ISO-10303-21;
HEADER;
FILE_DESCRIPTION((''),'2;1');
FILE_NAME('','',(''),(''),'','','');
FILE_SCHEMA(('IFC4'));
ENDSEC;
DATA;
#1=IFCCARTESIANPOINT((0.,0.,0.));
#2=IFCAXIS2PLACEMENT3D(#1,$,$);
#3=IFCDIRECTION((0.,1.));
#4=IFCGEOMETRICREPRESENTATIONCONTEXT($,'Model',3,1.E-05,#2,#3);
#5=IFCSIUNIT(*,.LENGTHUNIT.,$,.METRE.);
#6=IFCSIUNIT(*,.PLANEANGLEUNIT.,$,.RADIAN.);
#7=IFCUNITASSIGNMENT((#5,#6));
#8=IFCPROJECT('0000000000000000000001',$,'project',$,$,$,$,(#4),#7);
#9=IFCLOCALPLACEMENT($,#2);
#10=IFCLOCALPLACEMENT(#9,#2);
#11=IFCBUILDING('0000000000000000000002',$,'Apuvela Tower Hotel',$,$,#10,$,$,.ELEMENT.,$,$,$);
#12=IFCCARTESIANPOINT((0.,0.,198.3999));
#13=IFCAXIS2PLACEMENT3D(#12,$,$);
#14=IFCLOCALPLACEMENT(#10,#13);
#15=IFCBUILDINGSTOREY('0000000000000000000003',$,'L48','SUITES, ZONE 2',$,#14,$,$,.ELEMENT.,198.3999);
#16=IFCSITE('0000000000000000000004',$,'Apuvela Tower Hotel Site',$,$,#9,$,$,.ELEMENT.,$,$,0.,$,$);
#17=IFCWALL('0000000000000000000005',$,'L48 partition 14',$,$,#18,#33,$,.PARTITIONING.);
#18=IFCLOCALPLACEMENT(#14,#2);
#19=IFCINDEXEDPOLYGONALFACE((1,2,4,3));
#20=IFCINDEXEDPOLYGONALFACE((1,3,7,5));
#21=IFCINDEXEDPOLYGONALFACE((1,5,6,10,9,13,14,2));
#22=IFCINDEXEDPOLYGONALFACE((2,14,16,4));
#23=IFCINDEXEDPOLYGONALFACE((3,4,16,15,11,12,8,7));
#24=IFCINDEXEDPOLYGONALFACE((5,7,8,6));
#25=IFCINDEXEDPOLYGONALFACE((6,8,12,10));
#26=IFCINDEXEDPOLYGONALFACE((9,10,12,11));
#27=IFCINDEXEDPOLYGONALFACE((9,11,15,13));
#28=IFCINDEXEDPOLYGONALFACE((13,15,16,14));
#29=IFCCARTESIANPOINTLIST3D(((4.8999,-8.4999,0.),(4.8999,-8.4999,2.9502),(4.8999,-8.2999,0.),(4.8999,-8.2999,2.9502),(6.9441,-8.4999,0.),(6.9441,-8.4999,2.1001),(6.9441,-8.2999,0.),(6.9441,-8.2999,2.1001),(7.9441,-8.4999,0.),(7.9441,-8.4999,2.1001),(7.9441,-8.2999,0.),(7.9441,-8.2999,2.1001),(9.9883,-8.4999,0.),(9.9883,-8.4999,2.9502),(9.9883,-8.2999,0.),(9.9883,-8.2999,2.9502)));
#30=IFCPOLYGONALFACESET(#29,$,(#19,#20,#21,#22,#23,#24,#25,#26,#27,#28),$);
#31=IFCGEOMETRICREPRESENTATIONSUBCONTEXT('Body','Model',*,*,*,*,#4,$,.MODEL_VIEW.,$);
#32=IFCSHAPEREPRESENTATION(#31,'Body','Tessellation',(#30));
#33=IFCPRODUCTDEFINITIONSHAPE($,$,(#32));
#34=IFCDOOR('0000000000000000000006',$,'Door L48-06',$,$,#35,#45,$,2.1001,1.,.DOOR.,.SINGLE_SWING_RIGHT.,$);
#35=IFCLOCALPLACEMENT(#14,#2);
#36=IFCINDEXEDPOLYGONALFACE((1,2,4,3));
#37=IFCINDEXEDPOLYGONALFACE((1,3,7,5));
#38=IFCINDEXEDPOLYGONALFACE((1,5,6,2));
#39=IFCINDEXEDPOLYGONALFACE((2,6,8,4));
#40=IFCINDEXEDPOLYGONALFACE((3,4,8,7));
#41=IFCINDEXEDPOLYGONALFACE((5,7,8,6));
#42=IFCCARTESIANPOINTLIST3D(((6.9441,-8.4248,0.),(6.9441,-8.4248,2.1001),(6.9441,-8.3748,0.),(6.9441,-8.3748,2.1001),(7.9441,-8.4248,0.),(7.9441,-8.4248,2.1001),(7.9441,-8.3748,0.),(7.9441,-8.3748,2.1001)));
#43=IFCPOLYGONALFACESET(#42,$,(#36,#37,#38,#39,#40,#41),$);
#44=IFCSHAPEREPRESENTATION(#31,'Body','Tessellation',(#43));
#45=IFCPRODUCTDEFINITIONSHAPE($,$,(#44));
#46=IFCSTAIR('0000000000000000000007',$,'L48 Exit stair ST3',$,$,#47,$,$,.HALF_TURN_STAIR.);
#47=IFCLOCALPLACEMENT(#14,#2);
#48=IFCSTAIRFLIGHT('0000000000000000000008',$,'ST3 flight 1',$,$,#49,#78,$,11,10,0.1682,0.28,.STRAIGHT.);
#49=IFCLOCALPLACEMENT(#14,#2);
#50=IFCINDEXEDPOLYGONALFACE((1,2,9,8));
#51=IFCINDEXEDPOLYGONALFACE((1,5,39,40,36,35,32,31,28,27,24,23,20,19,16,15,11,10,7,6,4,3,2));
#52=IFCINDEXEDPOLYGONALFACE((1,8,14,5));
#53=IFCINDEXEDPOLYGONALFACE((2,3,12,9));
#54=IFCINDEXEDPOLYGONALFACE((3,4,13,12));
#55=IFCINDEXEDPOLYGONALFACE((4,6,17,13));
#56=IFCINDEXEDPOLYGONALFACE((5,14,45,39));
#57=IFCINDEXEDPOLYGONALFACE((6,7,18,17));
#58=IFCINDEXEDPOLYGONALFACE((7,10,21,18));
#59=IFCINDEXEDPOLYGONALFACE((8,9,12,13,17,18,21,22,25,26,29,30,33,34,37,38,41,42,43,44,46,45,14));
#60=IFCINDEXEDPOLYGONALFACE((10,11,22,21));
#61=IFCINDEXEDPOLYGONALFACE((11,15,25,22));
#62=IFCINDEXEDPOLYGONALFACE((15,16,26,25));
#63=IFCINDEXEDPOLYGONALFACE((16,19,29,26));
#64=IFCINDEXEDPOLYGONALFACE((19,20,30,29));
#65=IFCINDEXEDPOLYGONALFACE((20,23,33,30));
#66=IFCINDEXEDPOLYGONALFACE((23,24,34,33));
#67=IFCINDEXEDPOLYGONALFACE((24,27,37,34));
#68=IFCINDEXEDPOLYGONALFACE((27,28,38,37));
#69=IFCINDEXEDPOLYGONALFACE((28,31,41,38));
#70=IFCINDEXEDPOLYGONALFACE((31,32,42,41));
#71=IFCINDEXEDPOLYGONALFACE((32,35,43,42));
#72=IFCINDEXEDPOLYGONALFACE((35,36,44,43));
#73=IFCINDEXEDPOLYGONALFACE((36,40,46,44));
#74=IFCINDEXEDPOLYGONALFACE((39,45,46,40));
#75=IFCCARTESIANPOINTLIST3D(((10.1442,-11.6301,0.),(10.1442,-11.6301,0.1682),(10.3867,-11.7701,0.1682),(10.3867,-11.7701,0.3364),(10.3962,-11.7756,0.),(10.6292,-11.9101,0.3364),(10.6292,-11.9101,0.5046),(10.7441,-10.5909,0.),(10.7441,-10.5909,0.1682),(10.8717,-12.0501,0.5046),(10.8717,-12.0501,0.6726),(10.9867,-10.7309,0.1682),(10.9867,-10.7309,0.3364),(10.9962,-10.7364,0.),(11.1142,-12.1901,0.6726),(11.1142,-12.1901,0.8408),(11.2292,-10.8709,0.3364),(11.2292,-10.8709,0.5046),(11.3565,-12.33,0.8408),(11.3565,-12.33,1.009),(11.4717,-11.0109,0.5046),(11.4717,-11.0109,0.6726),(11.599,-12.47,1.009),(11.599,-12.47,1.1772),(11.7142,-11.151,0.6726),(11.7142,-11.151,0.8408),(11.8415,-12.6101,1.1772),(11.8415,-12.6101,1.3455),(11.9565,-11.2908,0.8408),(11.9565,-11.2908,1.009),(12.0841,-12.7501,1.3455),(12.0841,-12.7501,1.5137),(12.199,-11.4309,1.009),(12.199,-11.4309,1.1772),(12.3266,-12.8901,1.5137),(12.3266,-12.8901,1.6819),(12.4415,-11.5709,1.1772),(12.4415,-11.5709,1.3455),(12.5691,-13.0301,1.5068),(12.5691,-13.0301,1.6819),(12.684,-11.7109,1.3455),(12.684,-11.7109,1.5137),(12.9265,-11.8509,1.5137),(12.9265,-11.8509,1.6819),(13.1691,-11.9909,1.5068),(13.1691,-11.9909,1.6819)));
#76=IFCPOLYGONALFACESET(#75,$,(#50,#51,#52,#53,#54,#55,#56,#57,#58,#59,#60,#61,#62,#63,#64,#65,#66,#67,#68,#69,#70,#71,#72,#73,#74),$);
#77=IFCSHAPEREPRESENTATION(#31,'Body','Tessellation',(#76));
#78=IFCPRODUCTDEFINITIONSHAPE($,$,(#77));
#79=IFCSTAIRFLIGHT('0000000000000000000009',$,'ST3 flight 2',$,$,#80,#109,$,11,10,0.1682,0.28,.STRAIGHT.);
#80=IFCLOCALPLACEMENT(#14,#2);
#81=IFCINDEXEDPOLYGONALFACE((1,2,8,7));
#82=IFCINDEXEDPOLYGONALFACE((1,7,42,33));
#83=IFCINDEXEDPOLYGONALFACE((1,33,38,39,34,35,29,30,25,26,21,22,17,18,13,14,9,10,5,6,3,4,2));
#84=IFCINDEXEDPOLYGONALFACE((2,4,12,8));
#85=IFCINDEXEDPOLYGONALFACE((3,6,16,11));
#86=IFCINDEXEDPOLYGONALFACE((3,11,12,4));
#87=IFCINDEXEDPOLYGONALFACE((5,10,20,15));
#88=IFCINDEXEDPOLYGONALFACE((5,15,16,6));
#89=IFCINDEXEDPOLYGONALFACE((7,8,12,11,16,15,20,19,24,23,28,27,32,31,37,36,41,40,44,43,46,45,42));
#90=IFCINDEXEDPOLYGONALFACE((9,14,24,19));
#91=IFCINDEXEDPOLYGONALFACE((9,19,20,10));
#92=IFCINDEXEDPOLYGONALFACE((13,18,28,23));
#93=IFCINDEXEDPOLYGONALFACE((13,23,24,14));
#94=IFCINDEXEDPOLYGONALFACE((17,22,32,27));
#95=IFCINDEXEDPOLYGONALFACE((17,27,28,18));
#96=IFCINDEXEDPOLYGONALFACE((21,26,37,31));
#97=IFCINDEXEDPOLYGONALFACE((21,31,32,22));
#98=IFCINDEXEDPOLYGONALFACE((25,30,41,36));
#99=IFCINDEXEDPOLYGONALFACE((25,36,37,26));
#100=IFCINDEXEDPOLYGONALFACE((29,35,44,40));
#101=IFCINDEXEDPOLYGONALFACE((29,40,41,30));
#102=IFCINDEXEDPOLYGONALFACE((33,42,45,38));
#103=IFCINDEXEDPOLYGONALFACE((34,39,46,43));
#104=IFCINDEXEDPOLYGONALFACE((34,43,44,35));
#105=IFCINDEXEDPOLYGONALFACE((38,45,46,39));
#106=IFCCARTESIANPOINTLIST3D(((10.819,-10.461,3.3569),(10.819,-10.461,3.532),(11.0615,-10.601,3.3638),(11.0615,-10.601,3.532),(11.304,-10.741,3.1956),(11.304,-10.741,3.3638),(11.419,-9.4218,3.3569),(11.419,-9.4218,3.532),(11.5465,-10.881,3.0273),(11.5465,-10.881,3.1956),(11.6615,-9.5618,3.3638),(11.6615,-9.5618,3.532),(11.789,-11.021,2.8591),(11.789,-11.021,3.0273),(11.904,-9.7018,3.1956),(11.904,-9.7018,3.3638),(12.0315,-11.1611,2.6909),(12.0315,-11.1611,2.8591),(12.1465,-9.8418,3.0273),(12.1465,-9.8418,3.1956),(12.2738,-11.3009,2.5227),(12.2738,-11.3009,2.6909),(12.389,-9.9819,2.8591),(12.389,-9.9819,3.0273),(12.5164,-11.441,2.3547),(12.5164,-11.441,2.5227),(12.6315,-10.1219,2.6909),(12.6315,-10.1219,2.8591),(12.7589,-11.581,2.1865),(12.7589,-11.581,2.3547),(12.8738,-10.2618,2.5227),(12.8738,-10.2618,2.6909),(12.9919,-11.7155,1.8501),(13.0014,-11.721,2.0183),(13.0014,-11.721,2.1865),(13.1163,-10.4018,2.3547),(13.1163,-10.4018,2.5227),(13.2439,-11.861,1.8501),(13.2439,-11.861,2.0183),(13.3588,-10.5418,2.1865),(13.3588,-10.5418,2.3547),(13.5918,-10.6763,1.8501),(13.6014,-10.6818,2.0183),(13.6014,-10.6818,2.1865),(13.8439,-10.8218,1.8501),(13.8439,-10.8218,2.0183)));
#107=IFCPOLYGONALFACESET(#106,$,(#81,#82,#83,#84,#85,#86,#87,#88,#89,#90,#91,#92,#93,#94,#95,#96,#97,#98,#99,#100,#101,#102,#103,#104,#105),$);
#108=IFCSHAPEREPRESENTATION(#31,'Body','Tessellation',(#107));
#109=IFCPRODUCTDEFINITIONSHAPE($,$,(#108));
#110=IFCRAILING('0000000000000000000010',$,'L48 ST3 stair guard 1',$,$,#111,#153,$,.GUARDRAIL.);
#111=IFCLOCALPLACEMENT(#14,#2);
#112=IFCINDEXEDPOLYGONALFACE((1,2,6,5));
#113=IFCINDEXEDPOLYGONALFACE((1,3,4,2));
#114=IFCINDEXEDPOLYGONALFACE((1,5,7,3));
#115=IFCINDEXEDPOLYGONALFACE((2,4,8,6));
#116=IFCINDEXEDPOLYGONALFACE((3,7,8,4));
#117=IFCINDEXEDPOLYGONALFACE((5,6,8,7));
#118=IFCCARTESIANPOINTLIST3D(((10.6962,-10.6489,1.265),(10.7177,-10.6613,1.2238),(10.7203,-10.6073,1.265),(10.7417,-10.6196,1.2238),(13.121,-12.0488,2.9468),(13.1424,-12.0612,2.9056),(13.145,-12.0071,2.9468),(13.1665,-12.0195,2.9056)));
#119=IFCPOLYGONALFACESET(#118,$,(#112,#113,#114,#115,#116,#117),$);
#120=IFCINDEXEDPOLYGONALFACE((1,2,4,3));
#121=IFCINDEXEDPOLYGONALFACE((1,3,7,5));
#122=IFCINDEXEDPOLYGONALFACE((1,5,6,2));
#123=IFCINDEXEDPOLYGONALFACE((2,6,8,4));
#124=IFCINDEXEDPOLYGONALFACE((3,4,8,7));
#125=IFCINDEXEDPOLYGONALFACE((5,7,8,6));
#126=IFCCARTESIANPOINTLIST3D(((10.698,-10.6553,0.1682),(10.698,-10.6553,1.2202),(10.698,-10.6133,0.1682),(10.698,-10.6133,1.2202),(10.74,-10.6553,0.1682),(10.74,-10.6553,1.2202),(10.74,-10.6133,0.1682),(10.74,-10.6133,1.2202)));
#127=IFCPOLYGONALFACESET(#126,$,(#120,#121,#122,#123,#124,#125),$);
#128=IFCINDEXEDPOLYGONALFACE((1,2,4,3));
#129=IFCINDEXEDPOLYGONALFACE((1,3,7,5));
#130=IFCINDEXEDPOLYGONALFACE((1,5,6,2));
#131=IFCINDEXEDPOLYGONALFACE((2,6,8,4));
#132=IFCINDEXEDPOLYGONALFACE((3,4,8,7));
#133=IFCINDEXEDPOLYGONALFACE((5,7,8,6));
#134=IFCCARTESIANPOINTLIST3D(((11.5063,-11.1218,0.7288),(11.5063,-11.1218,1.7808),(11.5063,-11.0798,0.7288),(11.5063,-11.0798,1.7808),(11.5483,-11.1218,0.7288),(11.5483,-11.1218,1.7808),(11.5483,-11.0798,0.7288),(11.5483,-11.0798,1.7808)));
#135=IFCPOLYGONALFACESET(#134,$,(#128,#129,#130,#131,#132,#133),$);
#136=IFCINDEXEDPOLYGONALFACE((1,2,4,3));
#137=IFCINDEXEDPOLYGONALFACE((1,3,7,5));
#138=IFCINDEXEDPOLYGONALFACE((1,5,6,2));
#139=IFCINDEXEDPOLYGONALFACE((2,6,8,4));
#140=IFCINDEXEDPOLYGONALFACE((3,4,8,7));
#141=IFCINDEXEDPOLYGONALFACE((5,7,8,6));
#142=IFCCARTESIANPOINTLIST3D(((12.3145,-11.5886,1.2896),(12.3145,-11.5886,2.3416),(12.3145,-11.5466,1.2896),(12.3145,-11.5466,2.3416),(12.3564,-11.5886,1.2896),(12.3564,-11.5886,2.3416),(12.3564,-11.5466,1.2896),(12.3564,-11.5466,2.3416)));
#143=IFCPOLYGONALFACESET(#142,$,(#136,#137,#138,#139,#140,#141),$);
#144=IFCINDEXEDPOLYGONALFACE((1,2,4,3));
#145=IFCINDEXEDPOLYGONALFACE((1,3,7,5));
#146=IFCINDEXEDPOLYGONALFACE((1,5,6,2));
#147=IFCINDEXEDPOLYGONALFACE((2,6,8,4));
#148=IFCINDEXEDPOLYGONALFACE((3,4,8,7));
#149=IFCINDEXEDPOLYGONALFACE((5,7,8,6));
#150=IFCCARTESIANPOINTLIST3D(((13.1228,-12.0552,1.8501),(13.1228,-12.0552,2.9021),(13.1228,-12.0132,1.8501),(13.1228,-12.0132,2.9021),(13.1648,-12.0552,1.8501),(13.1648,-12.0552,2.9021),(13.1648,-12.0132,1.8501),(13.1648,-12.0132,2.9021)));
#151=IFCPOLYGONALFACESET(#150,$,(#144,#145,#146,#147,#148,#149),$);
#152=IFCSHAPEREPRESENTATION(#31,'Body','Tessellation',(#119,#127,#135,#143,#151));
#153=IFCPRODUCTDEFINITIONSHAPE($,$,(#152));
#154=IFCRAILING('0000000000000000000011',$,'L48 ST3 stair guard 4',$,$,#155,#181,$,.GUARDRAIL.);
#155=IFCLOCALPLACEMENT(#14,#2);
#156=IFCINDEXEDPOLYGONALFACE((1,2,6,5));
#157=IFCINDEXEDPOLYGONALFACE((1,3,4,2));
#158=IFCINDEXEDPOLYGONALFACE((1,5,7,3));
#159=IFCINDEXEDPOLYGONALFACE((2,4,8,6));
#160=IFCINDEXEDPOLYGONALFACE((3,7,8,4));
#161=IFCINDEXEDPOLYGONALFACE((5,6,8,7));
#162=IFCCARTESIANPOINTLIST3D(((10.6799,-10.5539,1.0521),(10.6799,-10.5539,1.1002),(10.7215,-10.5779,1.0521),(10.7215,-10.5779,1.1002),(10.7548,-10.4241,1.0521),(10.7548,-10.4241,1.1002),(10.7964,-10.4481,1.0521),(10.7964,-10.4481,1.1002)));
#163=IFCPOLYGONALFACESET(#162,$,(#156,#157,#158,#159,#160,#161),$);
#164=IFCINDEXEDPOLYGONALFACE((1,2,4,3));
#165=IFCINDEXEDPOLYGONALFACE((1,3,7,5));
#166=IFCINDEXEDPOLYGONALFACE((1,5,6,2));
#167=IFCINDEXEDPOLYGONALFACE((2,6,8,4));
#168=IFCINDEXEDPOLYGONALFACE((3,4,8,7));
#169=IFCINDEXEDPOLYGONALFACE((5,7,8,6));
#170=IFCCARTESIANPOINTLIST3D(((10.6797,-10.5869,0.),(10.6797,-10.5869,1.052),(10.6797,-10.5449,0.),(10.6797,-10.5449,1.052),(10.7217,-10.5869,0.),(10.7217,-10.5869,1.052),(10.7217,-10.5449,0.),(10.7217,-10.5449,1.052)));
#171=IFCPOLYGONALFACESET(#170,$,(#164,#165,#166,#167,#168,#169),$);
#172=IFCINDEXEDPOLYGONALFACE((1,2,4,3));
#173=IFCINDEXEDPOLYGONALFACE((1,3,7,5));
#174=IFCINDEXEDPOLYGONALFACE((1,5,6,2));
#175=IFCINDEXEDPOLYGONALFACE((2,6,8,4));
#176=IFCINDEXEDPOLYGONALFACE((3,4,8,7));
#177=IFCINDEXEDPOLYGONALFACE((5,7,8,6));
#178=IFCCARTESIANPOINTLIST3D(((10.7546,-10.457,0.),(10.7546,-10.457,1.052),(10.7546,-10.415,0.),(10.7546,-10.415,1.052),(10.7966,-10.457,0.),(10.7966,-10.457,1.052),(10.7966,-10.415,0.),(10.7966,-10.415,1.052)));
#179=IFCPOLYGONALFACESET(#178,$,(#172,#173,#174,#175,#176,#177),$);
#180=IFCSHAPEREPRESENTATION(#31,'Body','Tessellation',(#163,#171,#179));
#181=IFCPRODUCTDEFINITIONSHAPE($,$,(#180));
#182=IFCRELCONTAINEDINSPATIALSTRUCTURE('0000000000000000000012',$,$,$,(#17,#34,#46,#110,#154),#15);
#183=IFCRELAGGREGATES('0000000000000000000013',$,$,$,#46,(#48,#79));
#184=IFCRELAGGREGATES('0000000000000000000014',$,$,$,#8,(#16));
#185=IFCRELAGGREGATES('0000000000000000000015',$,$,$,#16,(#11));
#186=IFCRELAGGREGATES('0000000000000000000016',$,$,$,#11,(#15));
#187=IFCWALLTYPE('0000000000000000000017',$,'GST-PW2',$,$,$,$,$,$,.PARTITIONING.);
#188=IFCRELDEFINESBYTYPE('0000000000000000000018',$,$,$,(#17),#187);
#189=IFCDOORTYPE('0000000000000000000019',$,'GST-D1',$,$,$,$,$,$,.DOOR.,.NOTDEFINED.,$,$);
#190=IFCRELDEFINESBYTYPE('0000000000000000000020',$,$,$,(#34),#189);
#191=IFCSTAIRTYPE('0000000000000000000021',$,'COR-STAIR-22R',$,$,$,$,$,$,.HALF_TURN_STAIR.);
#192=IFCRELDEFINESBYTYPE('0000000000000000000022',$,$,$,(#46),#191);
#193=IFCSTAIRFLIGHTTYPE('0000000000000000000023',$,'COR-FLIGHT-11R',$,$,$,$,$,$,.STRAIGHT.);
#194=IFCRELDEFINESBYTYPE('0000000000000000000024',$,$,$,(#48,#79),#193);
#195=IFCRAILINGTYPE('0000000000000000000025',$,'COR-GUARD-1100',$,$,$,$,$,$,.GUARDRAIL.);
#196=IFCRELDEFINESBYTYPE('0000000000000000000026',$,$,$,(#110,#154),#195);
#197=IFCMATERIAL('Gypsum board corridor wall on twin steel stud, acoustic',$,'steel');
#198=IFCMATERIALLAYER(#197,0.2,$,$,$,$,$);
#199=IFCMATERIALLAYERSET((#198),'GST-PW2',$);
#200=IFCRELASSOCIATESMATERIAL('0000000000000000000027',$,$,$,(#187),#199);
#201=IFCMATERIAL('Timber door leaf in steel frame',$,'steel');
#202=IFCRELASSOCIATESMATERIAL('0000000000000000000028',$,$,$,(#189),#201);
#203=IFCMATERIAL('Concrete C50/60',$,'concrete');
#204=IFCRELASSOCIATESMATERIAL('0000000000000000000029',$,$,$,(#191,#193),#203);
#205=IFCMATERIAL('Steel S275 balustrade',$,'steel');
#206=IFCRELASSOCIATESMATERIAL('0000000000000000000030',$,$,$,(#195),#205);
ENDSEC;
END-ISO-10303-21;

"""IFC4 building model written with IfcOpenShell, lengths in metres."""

from ifc_helpers import new_model, si_unit, direction, frame, frame_2d, origin, origin_2d, place, context, subcontext, project, spatial, polyline, rectangle, outline, extrude, material, layer, layer_set, type_object, element, fill, aggregate, save


model = new_model("IFC4")

# Units and contexts
model_context = context("Model", 3, precision=1e-05, world=origin(), true_north=direction((0.0, 1.0)))
body_context = subcontext(model_context, "Body", "Model", "MODEL_VIEW")
ifc_project = project(units=[si_unit("LENGTHUNIT", "METRE"), si_unit("PLANEANGLEUNIT", "RADIAN")], contexts=[model_context])

# Site, building, storey
site_placement = place(None, origin())
site = spatial("IfcSite", under=ifc_project, at=site_placement, Name="Apuvela Tower Hotel Site", CompositionType="ELEMENT", RefElevation=0.0)
building_placement = place(site_placement, origin())
building = spatial("IfcBuilding", under=site, at=building_placement, Name="Apuvela Tower Hotel", CompositionType="ELEMENT")
storey_placement = place(building_placement, frame((0.0, 0.0, 198.3999)))
storey = spatial("IfcBuildingStorey", under=building, at=storey_placement, Name="L48", Description="SUITES, ZONE 2", CompositionType="ELEMENT", Elevation=198.3999)

# Shared definitions
ifc_material_1 = material(Name="Concrete C50/60", Category="concrete")

# Wall, opening, door
ifc_material_2 = material(Name="Gypsum board corridor wall on twin steel stud, acoustic", Category="steel")
ifc_layer_1 = layer(ifc_material_2, 0.2)
ifc_layer_set_1 = layer_set([ifc_layer_1], Name="GST-PW2")
wall_type_1 = type_object("IfcWallType", Name="GST-PW2", PredefinedType="PARTITIONING", material=ifc_layer_set_1)
ifc_material_3 = material(Name="Timber door leaf in steel frame", Category="steel")
wall_1_placement = place(storey_placement, frame((9.9883, -8.3999, 0.0), z_axis=(0.0, 0.0, 1.0), x_axis=(-1.0, 0.0, 0.0)))
wall_1 = element("IfcWall", 1, at=wall_1_placement, inside=storey, type_object=wall_type_1, Name="L48 partition 14", PredefinedType="PARTITIONING", context=body_context, shape_type="SweptSolid", body=[
    extrude(rectangle(XDim=5.0884, YDim=0.2, at=frame_2d((2.5442, 0.0))), origin(), (0.0, 0.0, 1.0), 2.9502),
])
opening_1_placement = place(wall_1_placement, frame((2.0442, 0.0, 0.0)))
opening_1 = element("IfcOpeningElement", 2, at=opening_1_placement, cuts=wall_1, PredefinedType="OPENING", context=body_context, shape_type="SweptSolid", body=[
    extrude(rectangle(XDim=1.0, YDim=2.1001, at=frame_2d((0.5, 1.05))), frame((0.0, 0.1099, 0.0), z_axis=(0.0, -1.0, 0.0), x_axis=(1.0, 0.0, 0.0)), (0.0, 0.0, 1.0), 0.22),
])
door_type_1 = type_object("IfcDoorType", Name="GST-D1", OperationType="NOTDEFINED", PredefinedType="DOOR", material=ifc_material_3)
door_1_placement = place(opening_1_placement, origin())
door_1 = element("IfcDoor", 3, at=door_1_placement, inside=storey, type_object=door_type_1, Name="Door L48-06", OperationType="SINGLE_SWING_RIGHT", OverallHeight=2.1001, OverallWidth=1.0, PredefinedType="DOOR", context=body_context, shape_type="SweptSolid", body=[
    extrude(rectangle(XDim=1.0, YDim=2.1001, at=frame_2d((0.5, 1.05))), frame((0.0, 0.0249, 0.0), z_axis=(0.0, -1.0, 0.0), x_axis=(1.0, 0.0, 0.0)), (0.0, 0.0, 1.0), 0.05),
])
fill(opening_1, door_1)

# Stair, stair flights
stair_type = type_object("IfcStairType", Name="COR-STAIR-22R", PredefinedType="HALF_TURN_STAIR", material=ifc_material_1)
stair_placement = place(storey_placement, origin())
stair = element("IfcStair", 4, at=stair_placement, inside=storey, type_object=stair_type, Name="L48 Exit stair ST3", PredefinedType="HALF_TURN_STAIR")
stair_flight_type = type_object("IfcStairFlightType", Name="COR-FLIGHT-11R", PredefinedType="STRAIGHT", material=ifc_material_1)
stair_flight_1_placement = place(storey_placement, frame((10.4441, -11.1106, 0.0), z_axis=(0.0, 0.0, 1.0), x_axis=(0.866025, -0.5, 0.0)))
stair_flight_1 = element("IfcStairFlight", 5, at=stair_flight_1_placement, type_object=stair_flight_type, Name="ST3 flight 1", NumberOfRisers=11, NumberOfTreads=10, PredefinedType="STRAIGHT", RiserHeight=0.1682, TreadLength=0.28, context=body_context, shape_type="SweptSolid", body=[
    extrude(outline(polyline([(0.0, 0.0), (0.0, 0.1682), (0.28, 0.1682), (0.28, 0.3364), (0.5601, 0.3364), (0.5601, 0.5046), (0.8401, 0.5046), (0.8401, 0.6726), (1.1201, 0.6726), (1.1201, 0.8408), (1.3999, 0.8408), (1.3999, 1.009), (1.6799, 1.009), (1.6799, 1.1772), (1.96, 1.1772), (1.96, 1.3455), (2.24, 1.3455), (2.24, 1.5137), (2.52, 1.5137), (2.52, 1.6819), (2.8, 1.6819), (2.8, 1.8501), (2.8, 1.5068), (0.291, 0.0), (0.0, 0.0)])), frame((0.0, 0.6001, 0.0), z_axis=(0.0, -1.0, 0.0), x_axis=(1.0, 0.0, 0.0)), (0.0, 0.0, 1.0), 1.2),
])
stair_flight_2_placement = place(storey_placement, frame((13.5439, -11.3413, 1.8501), z_axis=(0.0, 0.0, 1.0), x_axis=(-0.866025, 0.5, 0.0)))
stair_flight_2 = element("IfcStairFlight", 6, at=stair_flight_2_placement, type_object=stair_flight_type, Name="ST3 flight 2", NumberOfRisers=11, NumberOfTreads=10, PredefinedType="STRAIGHT", RiserHeight=0.1682, TreadLength=0.28, context=body_context, shape_type="SweptSolid", body=[
    extrude(outline(polyline([(0.0, 0.0), (0.0, 0.1682), (0.28, 0.1682), (0.28, 0.3364), (0.5601, 0.3364), (0.5601, 0.5046), (0.8401, 0.5046), (0.8401, 0.6726), (1.1201, 0.6726), (1.1201, 0.8408), (1.3999, 0.8408), (1.3999, 1.009), (1.6799, 1.009), (1.6799, 1.1772), (1.96, 1.1772), (1.96, 1.3455), (2.24, 1.3455), (2.24, 1.5137), (2.52, 1.5137), (2.52, 1.6819), (2.8, 1.6819), (2.8, 1.8501), (2.8, 1.5068), (0.291, 0.0), (0.0, 0.0)])), frame((0.0, 0.6001, 0.0), z_axis=(0.0, -1.0, 0.0), x_axis=(1.0, 0.0, 0.0)), (0.0, 0.0, 1.0), 1.2),
])
aggregate(stair, [stair_flight_1, stair_flight_2])

# Railings
ifc_material_4 = material(Name="Steel S275 balustrade", Category="steel")
railing_type_1 = type_object("IfcRailingType", Name="COR-GUARD-1100", PredefinedType="GUARDRAIL", material=ifc_material_4)
railing_1_placement = place(storey_placement, frame((10.719, -10.6343, 0.1682)))
element("IfcRailing", 7, at=railing_1_placement, inside=storey, type_object=railing_type_1, Name="L48 ST3 stair guard 1", PredefinedType="GUARDRAIL", context=body_context, shape_type="SweptSolid", body=[
    extrude(rectangle(XDim=0.0481, YDim=0.0481, at=origin_2d()), frame((0.0, 0.0, 1.0762), z_axis=(0.74239, -0.428601, 0.514934), x_axis=(0.499984, 0.866035, 0.0)), (0.0, 0.0, 1.0), 3.2661),
    extrude(rectangle(XDim=0.042, YDim=0.042, at=origin_2d()), origin(), (0.0, 0.0, 1.0), 1.052),
    extrude(rectangle(XDim=0.042, YDim=0.042, at=origin_2d()), frame((0.8083, -0.4666, 0.5605)), (0.0, 0.0, 1.0), 1.052),
    extrude(rectangle(XDim=0.042, YDim=0.042, at=origin_2d()), frame((1.6165, -0.9333, 1.1213)), (0.0, 0.0, 1.0), 1.052),
    extrude(rectangle(XDim=0.042, YDim=0.042, at=origin_2d()), frame((2.4248, -1.3999, 1.6819)), (0.0, 0.0, 1.0), 1.052),
])
railing_2_placement = place(storey_placement, frame((10.7007, -10.5659, 0.0)))
element("IfcRailing", 8, at=railing_2_placement, inside=storey, type_object=railing_type_1, Name="L48 ST3 stair guard 4", PredefinedType="GUARDRAIL", context=body_context, shape_type="SweptSolid", body=[
    extrude(rectangle(XDim=0.0481, YDim=0.0481, at=origin_2d()), frame((0.0, 0.0, 1.0762), z_axis=(0.499816, 0.866131, 0.0), x_axis=(-0.866131, 0.499816, 0.0)), (0.0, 0.0, 1.0), 0.1499),
    extrude(rectangle(XDim=0.042, YDim=0.042, at=origin_2d()), origin(), (0.0, 0.0, 1.0), 1.052),
    extrude(rectangle(XDim=0.042, YDim=0.042, at=origin_2d()), frame((0.075, 0.1299, 0.0)), (0.0, 0.0, 1.0), 1.052),
])

save(model, "model.ifc")
